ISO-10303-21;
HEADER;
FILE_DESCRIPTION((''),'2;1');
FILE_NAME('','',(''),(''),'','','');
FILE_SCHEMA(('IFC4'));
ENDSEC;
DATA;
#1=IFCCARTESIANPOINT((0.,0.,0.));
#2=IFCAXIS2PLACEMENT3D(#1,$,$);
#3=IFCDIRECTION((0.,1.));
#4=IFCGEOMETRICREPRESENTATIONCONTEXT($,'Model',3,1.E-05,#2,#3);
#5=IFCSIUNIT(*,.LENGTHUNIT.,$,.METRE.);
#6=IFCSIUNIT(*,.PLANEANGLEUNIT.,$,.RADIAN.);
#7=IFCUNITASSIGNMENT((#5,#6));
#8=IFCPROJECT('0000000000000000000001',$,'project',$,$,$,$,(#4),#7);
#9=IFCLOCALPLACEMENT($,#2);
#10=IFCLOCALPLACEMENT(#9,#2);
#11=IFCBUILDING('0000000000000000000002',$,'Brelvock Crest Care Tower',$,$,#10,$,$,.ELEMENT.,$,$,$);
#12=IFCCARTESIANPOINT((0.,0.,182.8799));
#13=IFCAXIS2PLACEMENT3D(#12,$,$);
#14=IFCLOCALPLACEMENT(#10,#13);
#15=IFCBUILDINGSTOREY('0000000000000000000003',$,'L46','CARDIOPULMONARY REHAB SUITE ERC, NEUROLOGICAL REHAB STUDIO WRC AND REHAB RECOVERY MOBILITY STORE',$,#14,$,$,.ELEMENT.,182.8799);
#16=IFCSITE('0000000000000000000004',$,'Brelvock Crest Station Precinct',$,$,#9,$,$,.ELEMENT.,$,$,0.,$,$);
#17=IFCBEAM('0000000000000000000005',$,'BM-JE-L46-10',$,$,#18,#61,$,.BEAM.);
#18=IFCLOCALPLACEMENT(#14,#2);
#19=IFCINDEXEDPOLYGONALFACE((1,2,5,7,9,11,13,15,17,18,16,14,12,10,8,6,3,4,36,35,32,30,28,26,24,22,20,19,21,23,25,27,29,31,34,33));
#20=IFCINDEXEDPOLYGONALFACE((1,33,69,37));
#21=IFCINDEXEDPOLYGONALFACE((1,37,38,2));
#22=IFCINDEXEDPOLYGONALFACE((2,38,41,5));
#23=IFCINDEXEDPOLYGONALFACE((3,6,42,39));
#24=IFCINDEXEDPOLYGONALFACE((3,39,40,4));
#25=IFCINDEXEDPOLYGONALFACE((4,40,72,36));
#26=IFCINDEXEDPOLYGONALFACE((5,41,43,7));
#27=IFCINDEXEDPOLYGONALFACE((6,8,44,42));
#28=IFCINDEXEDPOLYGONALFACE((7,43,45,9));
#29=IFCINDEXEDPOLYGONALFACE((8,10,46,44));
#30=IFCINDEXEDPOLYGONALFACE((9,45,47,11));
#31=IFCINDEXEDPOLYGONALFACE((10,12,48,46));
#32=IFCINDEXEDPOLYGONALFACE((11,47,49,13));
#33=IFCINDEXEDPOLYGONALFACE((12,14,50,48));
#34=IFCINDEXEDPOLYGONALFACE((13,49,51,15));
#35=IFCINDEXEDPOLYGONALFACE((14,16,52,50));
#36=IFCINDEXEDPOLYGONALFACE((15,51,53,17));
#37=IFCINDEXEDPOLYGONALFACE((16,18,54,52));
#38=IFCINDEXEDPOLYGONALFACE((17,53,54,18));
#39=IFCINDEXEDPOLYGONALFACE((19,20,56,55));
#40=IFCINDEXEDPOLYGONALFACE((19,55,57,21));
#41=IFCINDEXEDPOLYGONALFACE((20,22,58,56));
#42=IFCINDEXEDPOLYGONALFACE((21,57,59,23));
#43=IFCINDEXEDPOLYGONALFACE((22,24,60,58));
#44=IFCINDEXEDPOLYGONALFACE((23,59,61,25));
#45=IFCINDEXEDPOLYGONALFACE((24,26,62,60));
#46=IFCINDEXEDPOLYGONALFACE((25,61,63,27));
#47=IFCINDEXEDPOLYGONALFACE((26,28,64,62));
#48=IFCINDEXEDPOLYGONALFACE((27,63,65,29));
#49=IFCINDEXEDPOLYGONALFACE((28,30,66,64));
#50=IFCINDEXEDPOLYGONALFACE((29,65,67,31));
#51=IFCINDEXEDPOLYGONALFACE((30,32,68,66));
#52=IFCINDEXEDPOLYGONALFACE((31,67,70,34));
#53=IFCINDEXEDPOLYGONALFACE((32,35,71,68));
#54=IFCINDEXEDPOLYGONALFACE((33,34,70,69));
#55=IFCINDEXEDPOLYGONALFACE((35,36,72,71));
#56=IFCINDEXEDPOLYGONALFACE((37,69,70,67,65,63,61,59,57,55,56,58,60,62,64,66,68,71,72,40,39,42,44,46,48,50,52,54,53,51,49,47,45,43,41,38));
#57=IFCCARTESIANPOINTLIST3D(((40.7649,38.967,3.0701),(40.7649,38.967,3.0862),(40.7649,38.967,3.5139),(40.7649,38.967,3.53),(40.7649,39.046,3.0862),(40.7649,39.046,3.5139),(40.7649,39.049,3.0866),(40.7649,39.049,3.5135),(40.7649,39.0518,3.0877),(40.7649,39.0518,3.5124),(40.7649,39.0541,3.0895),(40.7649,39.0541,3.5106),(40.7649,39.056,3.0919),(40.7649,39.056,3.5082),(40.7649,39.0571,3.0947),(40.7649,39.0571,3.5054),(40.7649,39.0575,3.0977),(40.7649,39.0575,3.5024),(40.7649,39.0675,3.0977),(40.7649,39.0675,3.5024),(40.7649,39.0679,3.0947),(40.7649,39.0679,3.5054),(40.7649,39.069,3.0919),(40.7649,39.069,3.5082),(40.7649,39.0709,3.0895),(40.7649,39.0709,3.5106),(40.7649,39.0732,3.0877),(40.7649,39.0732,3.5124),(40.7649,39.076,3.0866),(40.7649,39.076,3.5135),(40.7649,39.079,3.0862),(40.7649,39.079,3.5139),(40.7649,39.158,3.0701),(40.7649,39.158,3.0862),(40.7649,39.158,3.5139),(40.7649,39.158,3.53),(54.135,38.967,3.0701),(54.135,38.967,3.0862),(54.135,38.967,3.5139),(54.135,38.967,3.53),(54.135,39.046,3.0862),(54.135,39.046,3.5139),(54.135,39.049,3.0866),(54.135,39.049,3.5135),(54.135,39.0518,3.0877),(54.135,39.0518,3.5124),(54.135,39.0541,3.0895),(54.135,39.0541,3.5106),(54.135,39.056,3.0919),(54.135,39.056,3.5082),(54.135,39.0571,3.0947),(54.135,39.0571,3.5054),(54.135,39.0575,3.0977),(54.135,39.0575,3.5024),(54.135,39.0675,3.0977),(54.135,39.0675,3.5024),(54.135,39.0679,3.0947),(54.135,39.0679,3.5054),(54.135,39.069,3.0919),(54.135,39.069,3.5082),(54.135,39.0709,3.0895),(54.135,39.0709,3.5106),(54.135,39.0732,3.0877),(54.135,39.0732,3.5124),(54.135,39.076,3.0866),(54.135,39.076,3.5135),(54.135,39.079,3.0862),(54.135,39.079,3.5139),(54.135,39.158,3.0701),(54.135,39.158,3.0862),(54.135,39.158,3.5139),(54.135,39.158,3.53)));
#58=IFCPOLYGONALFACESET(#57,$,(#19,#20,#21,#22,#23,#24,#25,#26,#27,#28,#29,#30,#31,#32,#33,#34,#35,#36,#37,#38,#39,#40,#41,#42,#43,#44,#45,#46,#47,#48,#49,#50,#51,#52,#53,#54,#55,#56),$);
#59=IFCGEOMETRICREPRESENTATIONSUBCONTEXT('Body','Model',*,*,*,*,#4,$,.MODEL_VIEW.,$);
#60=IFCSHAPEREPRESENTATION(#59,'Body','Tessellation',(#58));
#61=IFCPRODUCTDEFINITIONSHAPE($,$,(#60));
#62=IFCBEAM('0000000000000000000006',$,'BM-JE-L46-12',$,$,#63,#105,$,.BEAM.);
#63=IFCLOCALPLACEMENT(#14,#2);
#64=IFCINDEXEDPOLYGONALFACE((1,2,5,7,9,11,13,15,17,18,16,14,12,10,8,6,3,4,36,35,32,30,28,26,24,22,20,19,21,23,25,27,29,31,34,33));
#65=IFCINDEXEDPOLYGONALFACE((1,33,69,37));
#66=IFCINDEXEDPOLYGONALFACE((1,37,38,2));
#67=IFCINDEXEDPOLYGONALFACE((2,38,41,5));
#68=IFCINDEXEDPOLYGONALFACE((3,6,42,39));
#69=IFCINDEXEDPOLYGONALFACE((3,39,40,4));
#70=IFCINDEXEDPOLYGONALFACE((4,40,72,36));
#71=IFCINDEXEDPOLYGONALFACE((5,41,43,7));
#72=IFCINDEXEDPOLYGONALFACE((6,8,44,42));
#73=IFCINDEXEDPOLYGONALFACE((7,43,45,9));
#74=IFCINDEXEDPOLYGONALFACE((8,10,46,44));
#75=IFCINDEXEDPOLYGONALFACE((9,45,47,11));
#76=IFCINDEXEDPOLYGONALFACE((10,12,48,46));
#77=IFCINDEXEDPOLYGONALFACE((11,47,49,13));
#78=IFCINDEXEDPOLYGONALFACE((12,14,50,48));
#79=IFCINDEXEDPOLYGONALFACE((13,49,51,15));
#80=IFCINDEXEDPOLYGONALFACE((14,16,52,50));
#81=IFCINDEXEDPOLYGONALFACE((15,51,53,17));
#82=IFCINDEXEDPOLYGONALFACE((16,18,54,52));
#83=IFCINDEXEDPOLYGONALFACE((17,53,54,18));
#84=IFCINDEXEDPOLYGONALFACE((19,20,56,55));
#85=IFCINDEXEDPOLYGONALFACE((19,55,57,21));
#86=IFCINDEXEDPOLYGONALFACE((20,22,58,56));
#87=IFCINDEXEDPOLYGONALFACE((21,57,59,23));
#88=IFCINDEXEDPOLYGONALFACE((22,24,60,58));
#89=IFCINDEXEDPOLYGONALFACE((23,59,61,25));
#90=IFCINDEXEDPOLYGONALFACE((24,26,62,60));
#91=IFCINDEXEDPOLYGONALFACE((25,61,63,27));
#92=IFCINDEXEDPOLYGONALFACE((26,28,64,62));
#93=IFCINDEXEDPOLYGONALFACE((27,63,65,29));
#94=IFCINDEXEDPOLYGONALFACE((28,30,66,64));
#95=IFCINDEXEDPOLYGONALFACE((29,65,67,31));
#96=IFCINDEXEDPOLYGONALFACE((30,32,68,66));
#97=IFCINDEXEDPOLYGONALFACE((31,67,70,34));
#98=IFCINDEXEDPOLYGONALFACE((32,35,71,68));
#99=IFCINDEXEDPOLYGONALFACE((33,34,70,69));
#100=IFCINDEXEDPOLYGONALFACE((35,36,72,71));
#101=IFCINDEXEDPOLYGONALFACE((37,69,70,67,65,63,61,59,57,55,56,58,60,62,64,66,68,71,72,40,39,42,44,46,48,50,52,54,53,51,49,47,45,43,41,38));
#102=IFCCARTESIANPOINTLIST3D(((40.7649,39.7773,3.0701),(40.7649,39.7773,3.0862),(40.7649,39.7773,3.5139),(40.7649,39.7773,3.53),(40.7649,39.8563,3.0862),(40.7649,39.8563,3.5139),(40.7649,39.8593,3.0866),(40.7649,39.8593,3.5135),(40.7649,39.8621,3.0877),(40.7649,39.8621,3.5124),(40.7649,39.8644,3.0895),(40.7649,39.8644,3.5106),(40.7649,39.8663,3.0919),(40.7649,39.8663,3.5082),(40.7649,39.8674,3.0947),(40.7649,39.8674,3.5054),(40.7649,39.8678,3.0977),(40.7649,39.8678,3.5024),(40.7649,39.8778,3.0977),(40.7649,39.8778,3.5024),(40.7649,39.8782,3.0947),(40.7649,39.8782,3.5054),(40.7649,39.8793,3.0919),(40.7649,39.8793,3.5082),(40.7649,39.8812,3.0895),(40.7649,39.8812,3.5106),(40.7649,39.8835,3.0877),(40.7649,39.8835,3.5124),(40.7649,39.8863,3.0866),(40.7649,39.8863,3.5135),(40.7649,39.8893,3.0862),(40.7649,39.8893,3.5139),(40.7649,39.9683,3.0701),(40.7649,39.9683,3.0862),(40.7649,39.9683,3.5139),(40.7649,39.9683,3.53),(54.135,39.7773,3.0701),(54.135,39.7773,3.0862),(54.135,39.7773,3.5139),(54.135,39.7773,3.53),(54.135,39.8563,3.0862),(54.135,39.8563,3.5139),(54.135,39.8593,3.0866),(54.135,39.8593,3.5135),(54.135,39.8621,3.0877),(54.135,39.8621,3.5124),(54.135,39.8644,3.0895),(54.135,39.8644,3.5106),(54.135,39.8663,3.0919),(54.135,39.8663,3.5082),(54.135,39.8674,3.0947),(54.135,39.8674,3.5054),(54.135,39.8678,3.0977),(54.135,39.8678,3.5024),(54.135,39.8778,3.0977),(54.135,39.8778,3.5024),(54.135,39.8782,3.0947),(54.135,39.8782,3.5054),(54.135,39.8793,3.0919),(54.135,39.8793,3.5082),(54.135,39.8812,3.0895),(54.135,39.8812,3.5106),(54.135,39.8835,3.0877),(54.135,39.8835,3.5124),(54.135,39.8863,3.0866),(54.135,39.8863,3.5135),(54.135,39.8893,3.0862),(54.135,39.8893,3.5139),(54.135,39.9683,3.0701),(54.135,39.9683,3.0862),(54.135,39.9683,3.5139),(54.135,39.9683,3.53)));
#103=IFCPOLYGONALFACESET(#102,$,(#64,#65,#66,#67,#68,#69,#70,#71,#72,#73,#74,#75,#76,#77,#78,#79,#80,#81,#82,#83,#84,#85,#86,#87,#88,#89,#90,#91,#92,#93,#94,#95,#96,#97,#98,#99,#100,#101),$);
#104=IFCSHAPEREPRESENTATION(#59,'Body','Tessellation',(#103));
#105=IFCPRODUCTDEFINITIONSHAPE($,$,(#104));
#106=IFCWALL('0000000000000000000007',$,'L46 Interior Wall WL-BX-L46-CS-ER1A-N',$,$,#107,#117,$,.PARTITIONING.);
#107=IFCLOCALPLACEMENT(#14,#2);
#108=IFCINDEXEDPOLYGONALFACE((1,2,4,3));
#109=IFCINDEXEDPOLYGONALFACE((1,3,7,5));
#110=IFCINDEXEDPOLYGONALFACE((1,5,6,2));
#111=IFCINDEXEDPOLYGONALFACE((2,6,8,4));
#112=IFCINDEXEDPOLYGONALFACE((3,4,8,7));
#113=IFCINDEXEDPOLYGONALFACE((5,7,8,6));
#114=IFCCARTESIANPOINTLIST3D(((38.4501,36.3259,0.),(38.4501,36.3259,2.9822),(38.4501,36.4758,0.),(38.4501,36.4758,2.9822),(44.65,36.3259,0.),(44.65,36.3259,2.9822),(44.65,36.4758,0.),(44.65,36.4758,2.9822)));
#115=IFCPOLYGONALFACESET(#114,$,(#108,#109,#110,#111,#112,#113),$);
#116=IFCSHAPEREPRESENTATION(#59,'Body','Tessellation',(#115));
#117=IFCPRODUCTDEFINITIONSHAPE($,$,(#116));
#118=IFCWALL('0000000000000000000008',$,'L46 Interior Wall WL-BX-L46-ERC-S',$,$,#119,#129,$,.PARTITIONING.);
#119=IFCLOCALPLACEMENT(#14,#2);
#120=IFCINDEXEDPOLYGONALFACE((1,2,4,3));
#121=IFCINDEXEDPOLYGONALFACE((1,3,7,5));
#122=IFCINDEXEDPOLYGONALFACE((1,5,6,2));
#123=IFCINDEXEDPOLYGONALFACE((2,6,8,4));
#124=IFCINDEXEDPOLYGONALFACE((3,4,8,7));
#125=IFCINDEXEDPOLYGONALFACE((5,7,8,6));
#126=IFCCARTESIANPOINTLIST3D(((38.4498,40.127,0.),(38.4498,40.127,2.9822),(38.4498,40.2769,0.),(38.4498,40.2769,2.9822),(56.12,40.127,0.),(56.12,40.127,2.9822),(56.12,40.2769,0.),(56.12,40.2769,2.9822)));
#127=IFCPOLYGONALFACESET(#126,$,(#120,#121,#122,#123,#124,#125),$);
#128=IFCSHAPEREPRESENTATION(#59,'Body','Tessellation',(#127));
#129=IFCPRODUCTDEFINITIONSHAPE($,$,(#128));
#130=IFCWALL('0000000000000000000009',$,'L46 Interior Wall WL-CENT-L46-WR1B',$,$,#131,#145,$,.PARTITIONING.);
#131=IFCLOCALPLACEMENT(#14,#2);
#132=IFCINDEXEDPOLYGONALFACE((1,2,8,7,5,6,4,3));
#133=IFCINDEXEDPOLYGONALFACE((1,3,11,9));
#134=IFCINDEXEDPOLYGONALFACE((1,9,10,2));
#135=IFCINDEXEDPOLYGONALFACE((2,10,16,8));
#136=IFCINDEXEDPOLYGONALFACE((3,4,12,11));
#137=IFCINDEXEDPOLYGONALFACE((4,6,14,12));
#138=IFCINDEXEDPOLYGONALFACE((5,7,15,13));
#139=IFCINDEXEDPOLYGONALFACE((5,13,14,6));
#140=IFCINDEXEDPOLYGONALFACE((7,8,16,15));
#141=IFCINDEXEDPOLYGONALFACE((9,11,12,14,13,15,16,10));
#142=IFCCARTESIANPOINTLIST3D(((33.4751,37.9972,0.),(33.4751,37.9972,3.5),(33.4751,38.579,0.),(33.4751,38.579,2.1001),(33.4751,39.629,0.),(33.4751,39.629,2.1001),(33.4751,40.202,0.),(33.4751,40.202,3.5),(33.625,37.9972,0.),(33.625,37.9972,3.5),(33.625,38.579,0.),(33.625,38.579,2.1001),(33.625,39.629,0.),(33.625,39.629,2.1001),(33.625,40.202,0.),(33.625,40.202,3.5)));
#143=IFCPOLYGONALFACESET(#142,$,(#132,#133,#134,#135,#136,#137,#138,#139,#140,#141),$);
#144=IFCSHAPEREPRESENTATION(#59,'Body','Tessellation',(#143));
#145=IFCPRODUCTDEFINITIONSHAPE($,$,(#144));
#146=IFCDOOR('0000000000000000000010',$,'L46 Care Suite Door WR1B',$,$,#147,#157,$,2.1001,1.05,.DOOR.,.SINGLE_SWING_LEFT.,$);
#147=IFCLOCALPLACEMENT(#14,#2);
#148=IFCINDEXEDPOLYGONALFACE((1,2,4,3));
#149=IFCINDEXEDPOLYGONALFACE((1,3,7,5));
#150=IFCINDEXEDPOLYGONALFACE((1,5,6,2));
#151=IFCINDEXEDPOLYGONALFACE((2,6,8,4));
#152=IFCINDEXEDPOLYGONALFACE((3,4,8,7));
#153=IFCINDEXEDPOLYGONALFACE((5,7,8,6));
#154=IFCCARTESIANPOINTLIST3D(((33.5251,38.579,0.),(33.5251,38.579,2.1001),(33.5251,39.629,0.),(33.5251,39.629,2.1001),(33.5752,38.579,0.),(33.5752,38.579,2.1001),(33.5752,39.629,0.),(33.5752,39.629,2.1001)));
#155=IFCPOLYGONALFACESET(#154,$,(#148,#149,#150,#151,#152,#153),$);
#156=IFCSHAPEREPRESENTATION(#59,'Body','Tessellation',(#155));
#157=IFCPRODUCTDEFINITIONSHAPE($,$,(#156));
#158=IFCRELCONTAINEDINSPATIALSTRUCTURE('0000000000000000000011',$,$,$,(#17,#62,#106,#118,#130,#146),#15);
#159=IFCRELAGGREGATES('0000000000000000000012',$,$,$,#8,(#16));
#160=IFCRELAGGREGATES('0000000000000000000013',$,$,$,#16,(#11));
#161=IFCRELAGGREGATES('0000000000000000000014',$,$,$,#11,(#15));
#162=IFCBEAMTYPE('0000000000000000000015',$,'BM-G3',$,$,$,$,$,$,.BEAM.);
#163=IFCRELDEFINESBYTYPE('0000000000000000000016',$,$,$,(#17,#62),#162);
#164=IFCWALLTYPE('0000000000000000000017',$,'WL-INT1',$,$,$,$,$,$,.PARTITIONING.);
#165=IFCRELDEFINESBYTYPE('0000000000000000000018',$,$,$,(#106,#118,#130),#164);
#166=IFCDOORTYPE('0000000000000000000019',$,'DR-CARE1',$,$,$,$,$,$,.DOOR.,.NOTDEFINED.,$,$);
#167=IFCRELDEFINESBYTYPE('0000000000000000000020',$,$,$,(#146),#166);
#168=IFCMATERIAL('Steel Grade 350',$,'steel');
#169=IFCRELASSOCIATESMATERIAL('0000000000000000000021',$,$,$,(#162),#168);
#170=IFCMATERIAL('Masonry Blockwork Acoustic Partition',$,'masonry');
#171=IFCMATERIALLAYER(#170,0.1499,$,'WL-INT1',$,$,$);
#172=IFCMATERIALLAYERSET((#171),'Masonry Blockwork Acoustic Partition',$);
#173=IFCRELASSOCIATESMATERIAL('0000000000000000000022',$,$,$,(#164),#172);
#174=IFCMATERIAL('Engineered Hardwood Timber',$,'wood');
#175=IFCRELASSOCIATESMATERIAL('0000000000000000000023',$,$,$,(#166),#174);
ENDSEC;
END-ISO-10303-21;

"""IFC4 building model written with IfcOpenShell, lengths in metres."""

from ifc_helpers import new_model, si_unit, direction, frame, frame_2d, origin, origin_2d, place, context, subcontext, project, spatial, rectangle, i_section, extrude, source, transform, mapped, material, layer, layer_set, material_profile, profile_set, type_object, element, fill, save


model = new_model("IFC4")

# Units and contexts
model_context = context("Model", 3, precision=1e-05, world=origin(), true_north=direction((0.0, 1.0)))
body_context = subcontext(model_context, "Body", "Model", "MODEL_VIEW")
ifc_project = project(units=[si_unit("LENGTHUNIT", "METRE"), si_unit("PLANEANGLEUNIT", "RADIAN")], contexts=[model_context])

# Site, building, storey
site_placement = place(None, origin())
site = spatial("IfcSite", under=ifc_project, at=site_placement, Name="Brelvock Crest Station Precinct", CompositionType="ELEMENT", RefElevation=0.0)
building_placement = place(site_placement, origin())
building = spatial("IfcBuilding", under=site, at=building_placement, Name="Brelvock Crest Care Tower", CompositionType="ELEMENT")
storey_placement = place(building_placement, frame((0.0, 0.0, 182.8799)))
storey = spatial("IfcBuildingStorey", under=building, at=storey_placement, Name="L46", Description="CARDIOPULMONARY REHAB SUITE ERC, NEUROLOGICAL REHAB STUDIO WRC AND REHAB RECOVERY MOBILITY STORE", CompositionType="ELEMENT", Elevation=182.8799)

# Beams
ifc_material_1 = material(Name="Steel Grade 350", Category="steel")
ifc_material_profile_1 = material_profile(ifc_material_1, i_section(OverallWidth=0.1909, OverallDepth=0.46, WebThickness=0.01, FlangeThickness=0.0161, FilletRadius=0.0115, at=origin_2d()), Name="460UB82.1")
ifc_profile_set_1 = profile_set([ifc_material_profile_1], Name="Steel Grade 350")
beam_type_1 = type_object("IfcBeamType", Name="BM-G3", PredefinedType="BEAM", material=ifc_profile_set_1)
shared_shape_1 = source(origin(), body_context, "Body", "SweptSolid", [
    extrude(i_section(OverallWidth=0.1909, OverallDepth=0.46, WebThickness=0.01, FlangeThickness=0.0161, FilletRadius=0.0115, at=origin_2d()), origin(), (0.0, 0.0, 1.0), 13.3701),
])
for number, where, z_axis, x_axis, name in (
    (1, (40.7649, 39.0625, 3.3), (1.0, 0.0, 0.0), (0.0, 1.0, 0.0), "BM-JE-L46-10"),
    (2, (40.7649, 39.8728, 3.3), (1.0, 0.0, 0.0), (0.0, 1.0, 0.0), "BM-JE-L46-12"),
):
    element("IfcBeam", number, at=place(storey_placement, frame(where, z_axis=z_axis, x_axis=x_axis)), inside=storey, type_object=beam_type_1, Name=name, PredefinedType="BEAM", context=body_context, shape_type="MappedRepresentation", body=[
        mapped(shared_shape_1, transform((0.0, 0.0, 0.0), x_axis=(1.0, 0.0, 0.0), y_axis=(0.0, 1.0, 0.0), z_axis=(0.0, 0.0, 1.0), scale=1.0)),
    ])

# Walls
ifc_material_2 = material(Name="Masonry Blockwork Acoustic Partition", Category="masonry")
ifc_layer = layer(ifc_material_2, 0.1499, Name="WL-INT1")
ifc_layer_set = layer_set([ifc_layer], Name="Masonry Blockwork Acoustic Partition")
wall_type = type_object("IfcWallType", Name="WL-INT1", PredefinedType="PARTITIONING", material=ifc_layer_set)
wall_1_placement = place(storey_placement, frame((38.45, 36.4009, 0.0), z_axis=(0.0, 0.0, 1.0), x_axis=(1.0, 0.0, 0.0)))
element("IfcWall", 3, at=wall_1_placement, inside=storey, type_object=wall_type, Name="L46 Interior Wall WL-BX-L46-CS-ER1A-N", PredefinedType="PARTITIONING", context=body_context, shape_type="SweptSolid", body=[
    extrude(rectangle(XDim=6.2, YDim=0.1499, at=frame_2d((3.1001, 0.0))), origin(), (0.0, 0.0, 1.0), 2.9822),
])
wall_2_placement = place(storey_placement, frame((38.45, 40.2019, 0.0), z_axis=(0.0, 0.0, 1.0), x_axis=(1.0, 0.0, 0.0)))
element("IfcWall", 4, at=wall_2_placement, inside=storey, type_object=wall_type, Name="L46 Interior Wall WL-BX-L46-ERC-S", PredefinedType="PARTITIONING", context=body_context, shape_type="SweptSolid", body=[
    extrude(rectangle(XDim=17.6702, YDim=0.1499, at=frame_2d((8.835, 0.0))), origin(), (0.0, 0.0, 1.0), 2.9822),
])

# Wall, opening, door
wall_3_placement = place(storey_placement, frame((33.55, 37.9971, 0.0), z_axis=(0.0, 0.0, 1.0), x_axis=(0.0, 1.0, 0.0)))
wall_3 = element("IfcWall", 5, at=wall_3_placement, inside=storey, type_object=wall_type, Name="L46 Interior Wall WL-CENT-L46-WR1B", PredefinedType="PARTITIONING", context=body_context, shape_type="SweptSolid", body=[
    extrude(rectangle(XDim=2.2048, YDim=0.1499, at=frame_2d((1.1025, 0.0))), origin(), (0.0, 0.0, 1.0), 3.5),
])
opening_1_placement = place(wall_3_placement, frame((0.582, 0.0, 0.0)))
opening_1 = element("IfcOpeningElement", 6, at=opening_1_placement, cuts=wall_3, PredefinedType="OPENING", context=body_context, shape_type="SweptSolid", body=[
    extrude(rectangle(XDim=1.05, YDim=2.1001, at=origin_2d()), frame((0.5249, 0.085, 1.05), z_axis=(0.0, -1.0, 0.0), x_axis=(1.0, 0.0, 0.0)), (0.0, 0.0, 1.0), 0.1699),
])
ifc_material_3 = material(Name="Engineered Hardwood Timber", Category="wood")
door_type_1 = type_object("IfcDoorType", Name="DR-CARE1", OperationType="NOTDEFINED", PredefinedType="DOOR", material=ifc_material_3)
shared_shape_2 = source(origin(), body_context, "Body", "SweptSolid", [
    extrude(rectangle(XDim=1.05, YDim=2.1001, at=origin_2d()), frame((0.5249, 0.0249, 1.05), z_axis=(0.0, -1.0, 0.0), x_axis=(1.0, 0.0, 0.0)), (0.0, 0.0, 1.0), 0.05),
])
door_1_placement = place(opening_1_placement, origin())
door_1 = element("IfcDoor", 7, at=door_1_placement, inside=storey, type_object=door_type_1, Name="L46 Care Suite Door WR1B", OperationType="SINGLE_SWING_LEFT", OverallHeight=2.1001, OverallWidth=1.05, PredefinedType="DOOR", context=body_context, shape_type="MappedRepresentation", body=[
    mapped(shared_shape_2, transform((0.0, 0.0, 0.0), x_axis=(1.0, 0.0, 0.0), y_axis=(0.0, 1.0, 0.0), z_axis=(0.0, 0.0, 1.0), scale=1.0)),
])
fill(opening_1, door_1)

save(model, "model.ifc")
